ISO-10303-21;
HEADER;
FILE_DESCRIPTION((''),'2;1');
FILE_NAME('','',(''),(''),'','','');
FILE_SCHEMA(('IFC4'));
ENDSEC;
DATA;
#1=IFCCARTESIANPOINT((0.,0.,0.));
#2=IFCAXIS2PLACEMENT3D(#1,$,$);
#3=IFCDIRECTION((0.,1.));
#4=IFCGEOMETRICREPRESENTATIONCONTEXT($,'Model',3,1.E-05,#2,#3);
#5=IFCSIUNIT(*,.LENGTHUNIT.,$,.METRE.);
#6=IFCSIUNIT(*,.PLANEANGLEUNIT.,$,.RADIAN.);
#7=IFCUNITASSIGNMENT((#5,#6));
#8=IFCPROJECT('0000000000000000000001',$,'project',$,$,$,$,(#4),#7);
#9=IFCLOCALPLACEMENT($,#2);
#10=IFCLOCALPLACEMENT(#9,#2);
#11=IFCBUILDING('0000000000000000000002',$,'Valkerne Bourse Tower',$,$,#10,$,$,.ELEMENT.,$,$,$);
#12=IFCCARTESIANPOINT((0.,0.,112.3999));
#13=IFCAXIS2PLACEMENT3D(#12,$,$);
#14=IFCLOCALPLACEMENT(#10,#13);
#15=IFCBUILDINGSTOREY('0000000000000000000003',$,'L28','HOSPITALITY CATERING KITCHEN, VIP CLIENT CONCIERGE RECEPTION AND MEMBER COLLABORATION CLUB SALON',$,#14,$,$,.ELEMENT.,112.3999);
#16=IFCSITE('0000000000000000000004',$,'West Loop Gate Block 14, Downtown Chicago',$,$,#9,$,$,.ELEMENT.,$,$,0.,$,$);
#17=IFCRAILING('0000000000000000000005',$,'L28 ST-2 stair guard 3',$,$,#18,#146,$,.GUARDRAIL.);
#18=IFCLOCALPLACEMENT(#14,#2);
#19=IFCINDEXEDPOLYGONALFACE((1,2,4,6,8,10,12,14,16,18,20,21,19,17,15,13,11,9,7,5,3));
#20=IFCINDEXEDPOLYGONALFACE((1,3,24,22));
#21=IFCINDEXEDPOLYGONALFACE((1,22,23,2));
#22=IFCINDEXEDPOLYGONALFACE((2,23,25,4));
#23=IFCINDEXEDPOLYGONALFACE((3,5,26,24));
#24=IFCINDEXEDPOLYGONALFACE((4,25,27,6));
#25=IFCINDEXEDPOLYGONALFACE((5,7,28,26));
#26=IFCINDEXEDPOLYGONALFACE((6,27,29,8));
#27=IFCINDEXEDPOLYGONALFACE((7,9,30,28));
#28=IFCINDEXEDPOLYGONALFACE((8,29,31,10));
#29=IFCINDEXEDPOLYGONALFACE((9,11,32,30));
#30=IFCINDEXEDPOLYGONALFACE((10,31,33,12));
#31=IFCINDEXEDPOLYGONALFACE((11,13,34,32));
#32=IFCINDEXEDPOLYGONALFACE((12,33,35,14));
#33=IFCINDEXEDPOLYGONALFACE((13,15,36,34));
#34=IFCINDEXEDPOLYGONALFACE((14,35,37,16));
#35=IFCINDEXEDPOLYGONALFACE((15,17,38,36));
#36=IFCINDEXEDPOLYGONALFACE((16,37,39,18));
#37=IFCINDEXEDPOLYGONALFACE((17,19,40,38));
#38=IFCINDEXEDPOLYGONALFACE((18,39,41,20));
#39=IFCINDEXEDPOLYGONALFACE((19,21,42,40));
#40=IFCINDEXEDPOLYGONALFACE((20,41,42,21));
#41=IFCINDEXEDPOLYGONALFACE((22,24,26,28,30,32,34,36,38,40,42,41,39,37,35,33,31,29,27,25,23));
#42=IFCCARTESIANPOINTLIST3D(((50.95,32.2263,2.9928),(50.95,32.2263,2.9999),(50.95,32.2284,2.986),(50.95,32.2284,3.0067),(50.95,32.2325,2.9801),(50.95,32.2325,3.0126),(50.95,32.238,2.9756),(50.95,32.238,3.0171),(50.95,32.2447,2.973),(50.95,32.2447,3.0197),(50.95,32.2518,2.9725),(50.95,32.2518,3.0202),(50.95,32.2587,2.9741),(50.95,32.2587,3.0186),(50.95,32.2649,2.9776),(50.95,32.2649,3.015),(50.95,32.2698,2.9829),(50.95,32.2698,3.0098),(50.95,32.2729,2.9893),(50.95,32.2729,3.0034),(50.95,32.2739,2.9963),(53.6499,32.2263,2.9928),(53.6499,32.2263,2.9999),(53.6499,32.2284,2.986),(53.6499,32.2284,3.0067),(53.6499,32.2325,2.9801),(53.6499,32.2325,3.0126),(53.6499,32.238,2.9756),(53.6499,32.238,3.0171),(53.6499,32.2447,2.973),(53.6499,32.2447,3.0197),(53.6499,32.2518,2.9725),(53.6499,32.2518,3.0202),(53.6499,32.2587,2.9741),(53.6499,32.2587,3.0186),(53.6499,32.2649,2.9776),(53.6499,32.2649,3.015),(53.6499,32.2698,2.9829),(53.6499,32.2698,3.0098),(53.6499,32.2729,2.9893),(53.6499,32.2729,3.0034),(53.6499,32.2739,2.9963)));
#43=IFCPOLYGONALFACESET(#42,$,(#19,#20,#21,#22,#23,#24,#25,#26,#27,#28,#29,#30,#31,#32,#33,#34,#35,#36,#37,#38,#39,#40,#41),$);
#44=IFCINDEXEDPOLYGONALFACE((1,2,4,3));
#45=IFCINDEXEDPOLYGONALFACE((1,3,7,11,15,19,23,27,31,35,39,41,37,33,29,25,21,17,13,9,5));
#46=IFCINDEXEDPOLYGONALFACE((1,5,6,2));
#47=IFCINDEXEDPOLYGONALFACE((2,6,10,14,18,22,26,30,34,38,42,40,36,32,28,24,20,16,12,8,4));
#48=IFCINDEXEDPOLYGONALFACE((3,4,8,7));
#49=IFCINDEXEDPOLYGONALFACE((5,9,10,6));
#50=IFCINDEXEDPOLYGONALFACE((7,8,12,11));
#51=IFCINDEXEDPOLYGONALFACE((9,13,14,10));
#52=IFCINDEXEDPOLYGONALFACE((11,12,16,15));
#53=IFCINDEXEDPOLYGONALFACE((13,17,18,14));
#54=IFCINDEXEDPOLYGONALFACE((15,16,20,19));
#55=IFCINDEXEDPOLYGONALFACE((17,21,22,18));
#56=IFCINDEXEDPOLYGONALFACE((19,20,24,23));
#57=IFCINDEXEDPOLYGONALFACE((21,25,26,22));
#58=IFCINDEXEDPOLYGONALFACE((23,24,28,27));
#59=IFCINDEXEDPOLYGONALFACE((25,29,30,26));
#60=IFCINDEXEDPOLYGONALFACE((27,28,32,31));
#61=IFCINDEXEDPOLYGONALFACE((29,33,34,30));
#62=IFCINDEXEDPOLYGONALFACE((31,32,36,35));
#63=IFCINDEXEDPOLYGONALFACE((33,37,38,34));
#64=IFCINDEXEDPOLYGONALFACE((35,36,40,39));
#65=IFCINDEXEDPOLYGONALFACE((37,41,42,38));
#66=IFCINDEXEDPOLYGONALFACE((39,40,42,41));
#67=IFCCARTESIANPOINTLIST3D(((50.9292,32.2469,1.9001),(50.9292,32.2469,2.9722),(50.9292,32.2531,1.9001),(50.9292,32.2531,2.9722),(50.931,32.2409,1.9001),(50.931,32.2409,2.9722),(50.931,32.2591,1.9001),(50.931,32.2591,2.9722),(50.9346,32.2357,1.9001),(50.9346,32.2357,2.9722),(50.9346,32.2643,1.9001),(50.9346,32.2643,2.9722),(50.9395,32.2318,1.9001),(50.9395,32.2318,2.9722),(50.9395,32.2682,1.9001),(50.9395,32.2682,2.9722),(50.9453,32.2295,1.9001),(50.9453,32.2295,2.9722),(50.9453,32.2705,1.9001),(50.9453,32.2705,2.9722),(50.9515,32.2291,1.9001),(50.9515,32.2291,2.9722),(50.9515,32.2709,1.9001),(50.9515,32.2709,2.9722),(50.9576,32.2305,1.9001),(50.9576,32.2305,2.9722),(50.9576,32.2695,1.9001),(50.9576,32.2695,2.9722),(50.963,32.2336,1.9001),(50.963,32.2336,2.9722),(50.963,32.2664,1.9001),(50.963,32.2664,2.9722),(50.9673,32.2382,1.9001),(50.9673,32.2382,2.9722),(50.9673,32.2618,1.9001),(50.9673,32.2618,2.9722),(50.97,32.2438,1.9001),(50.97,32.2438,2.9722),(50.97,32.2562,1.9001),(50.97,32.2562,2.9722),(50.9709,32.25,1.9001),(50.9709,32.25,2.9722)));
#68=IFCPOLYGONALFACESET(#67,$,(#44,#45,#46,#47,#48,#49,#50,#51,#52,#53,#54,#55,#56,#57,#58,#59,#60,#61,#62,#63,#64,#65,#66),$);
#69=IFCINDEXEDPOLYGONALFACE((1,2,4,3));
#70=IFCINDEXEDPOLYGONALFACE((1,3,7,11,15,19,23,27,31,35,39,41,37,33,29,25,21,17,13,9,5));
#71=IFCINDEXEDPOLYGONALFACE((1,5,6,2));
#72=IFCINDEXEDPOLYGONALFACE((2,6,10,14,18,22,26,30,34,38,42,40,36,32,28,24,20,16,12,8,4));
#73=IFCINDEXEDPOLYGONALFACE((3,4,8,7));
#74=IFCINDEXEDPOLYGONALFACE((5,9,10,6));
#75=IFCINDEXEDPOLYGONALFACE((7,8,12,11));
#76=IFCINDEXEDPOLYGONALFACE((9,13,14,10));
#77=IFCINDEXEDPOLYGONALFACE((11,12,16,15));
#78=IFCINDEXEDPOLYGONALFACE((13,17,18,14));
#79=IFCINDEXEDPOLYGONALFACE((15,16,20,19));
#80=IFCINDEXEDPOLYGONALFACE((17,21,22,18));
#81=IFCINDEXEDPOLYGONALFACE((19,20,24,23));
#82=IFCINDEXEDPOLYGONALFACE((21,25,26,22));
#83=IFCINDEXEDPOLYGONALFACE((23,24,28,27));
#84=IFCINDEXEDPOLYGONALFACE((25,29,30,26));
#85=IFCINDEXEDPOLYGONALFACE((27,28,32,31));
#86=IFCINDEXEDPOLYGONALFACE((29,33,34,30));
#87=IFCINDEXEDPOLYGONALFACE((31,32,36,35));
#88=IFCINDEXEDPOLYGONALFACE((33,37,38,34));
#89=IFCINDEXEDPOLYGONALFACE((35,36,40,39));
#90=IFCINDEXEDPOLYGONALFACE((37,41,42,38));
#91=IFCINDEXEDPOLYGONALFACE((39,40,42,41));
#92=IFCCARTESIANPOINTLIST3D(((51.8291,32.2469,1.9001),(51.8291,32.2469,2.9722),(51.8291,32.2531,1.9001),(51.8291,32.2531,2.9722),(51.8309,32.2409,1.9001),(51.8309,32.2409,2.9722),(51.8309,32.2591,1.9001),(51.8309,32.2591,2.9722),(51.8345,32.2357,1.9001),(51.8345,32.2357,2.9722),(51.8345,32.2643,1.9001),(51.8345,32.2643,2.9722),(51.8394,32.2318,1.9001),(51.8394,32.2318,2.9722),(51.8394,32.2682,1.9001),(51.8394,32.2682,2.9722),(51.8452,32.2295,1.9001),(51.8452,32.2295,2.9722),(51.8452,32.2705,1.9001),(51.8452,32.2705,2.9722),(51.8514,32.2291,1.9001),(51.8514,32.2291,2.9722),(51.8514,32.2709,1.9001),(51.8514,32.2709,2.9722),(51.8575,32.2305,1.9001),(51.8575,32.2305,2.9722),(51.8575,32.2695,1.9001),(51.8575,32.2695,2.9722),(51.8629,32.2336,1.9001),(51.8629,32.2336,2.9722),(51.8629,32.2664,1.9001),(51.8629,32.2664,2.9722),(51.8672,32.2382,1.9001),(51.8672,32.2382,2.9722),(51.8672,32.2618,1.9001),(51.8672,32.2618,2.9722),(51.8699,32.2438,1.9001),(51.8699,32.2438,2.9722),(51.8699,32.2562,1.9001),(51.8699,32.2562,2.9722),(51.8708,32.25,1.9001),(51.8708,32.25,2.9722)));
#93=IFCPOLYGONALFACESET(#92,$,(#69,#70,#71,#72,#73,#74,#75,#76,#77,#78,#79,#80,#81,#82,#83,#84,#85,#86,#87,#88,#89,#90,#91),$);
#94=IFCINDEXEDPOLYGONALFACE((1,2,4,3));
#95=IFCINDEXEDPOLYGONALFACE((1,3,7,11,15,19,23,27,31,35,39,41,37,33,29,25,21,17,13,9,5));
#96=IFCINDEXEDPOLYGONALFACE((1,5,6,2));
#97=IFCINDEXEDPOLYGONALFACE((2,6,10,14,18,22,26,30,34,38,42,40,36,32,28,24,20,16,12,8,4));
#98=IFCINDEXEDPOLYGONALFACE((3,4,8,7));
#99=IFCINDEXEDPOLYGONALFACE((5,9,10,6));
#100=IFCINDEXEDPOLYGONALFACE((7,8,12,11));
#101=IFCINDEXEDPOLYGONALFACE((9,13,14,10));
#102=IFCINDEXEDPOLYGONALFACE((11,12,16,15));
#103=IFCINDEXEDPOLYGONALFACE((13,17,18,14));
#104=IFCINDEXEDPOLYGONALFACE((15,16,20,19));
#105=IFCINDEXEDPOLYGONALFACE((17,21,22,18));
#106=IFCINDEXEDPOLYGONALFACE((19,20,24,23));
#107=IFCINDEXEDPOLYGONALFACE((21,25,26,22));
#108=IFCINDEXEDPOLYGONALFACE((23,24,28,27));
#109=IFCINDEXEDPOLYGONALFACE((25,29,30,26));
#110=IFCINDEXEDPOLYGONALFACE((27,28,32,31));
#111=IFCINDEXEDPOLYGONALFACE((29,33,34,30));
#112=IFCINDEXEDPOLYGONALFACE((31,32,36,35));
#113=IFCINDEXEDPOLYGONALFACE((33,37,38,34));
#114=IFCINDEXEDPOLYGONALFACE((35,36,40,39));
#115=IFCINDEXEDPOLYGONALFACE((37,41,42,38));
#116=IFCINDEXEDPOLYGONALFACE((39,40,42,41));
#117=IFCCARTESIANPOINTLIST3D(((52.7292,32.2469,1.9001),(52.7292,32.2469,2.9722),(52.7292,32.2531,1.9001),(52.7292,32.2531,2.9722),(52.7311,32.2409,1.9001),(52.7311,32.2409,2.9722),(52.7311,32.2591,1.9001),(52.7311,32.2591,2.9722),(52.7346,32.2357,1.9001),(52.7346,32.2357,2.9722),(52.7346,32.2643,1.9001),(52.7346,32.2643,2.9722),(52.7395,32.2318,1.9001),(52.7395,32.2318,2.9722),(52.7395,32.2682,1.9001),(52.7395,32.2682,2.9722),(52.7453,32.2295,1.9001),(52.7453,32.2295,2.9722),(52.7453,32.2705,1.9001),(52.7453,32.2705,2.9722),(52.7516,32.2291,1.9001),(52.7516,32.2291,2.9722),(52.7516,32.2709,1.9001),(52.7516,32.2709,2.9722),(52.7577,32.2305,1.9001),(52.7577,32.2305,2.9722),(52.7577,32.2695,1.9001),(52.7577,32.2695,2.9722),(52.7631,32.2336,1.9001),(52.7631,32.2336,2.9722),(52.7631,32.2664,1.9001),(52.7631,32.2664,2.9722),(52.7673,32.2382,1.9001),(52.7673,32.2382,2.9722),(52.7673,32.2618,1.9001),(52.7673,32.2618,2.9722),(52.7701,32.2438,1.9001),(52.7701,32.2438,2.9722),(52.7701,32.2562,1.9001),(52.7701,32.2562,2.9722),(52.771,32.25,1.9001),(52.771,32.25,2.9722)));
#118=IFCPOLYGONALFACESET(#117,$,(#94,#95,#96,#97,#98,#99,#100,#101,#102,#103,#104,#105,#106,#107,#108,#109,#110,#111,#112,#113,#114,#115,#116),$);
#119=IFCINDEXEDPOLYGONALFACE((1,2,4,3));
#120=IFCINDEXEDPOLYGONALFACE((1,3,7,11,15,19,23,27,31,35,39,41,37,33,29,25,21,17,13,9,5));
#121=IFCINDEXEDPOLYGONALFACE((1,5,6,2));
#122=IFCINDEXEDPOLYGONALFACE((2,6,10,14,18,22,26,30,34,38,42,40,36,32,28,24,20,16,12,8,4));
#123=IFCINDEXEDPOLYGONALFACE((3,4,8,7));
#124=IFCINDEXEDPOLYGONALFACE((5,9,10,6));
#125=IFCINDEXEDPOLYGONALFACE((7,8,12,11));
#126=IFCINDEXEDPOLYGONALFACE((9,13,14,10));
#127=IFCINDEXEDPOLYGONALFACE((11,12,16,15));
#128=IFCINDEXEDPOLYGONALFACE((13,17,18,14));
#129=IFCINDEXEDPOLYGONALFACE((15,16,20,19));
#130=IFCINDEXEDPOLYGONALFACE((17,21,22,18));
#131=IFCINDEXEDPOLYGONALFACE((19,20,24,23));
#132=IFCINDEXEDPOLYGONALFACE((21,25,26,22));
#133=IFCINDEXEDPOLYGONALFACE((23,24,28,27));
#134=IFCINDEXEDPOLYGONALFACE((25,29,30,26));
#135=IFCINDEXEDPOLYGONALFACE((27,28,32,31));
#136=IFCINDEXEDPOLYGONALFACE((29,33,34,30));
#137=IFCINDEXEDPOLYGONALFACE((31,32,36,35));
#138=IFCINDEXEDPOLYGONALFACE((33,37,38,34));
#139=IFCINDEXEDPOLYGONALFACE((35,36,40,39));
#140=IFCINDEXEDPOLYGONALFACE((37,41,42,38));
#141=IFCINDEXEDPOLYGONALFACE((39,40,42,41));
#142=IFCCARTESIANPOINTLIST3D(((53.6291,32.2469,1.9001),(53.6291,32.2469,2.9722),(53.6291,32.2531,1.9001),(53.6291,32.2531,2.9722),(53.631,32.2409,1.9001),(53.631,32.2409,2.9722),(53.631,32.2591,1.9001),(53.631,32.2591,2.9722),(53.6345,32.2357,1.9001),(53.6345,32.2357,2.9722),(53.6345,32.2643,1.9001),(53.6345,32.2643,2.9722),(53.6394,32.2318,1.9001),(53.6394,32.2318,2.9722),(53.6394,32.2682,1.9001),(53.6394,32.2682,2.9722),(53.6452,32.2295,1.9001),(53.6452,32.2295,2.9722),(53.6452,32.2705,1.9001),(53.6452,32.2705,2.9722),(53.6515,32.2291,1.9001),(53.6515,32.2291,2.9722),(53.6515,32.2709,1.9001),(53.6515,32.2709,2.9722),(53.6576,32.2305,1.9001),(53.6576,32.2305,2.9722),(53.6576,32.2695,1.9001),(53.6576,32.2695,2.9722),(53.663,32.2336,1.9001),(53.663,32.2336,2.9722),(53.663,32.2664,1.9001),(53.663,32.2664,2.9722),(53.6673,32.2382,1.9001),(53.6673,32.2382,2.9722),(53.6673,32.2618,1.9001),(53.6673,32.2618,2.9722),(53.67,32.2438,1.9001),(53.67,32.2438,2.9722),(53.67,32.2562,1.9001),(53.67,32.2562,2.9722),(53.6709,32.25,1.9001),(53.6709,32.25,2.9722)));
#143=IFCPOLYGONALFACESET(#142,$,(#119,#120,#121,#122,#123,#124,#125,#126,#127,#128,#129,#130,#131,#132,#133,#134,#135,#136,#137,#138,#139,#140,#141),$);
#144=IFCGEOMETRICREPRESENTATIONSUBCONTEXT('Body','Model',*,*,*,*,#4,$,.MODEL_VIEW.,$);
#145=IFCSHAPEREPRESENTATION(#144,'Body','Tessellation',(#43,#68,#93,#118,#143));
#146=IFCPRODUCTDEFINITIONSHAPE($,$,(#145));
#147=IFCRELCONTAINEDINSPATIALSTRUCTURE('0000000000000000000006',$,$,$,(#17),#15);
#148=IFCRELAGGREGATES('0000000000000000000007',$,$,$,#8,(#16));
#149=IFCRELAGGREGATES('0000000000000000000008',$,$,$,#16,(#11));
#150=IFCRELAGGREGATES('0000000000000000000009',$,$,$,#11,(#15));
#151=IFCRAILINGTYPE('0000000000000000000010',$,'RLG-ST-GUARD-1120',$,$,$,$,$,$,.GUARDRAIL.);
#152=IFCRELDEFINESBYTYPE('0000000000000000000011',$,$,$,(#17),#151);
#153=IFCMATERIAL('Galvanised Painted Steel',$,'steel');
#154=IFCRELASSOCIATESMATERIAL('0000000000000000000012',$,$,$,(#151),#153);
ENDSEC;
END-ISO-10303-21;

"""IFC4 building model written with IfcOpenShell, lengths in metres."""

from ifc_helpers import new_model, si_unit, direction, frame, origin, origin_2d, place, context, subcontext, project, spatial, circle, extrude, material, type_object, element, save


model = new_model("IFC4")

# Units and contexts
model_context = context("Model", 3, precision=1e-05, world=origin(), true_north=direction((0.0, 1.0)))
body_context = subcontext(model_context, "Body", "Model", "MODEL_VIEW")
ifc_project = project(units=[si_unit("LENGTHUNIT", "METRE"), si_unit("PLANEANGLEUNIT", "RADIAN")], contexts=[model_context])

# Site, building, storey
site_placement = place(None, origin())
site = spatial("IfcSite", under=ifc_project, at=site_placement, Name="West Loop Gate Block 14, Downtown Chicago", CompositionType="ELEMENT", RefElevation=0.0)
building_placement = place(site_placement, origin())
building = spatial("IfcBuilding", under=site, at=building_placement, Name="Valkerne Bourse Tower", CompositionType="ELEMENT")
storey_placement = place(building_placement, frame((0.0, 0.0, 112.3999)))
storey = spatial("IfcBuildingStorey", under=building, at=storey_placement, Name="L28", Description="HOSPITALITY CATERING KITCHEN, VIP CLIENT CONCIERGE RECEPTION AND MEMBER COLLABORATION CLUB SALON", CompositionType="ELEMENT", Elevation=112.3999)

# Railing
ifc_material_1 = material(Name="Galvanised Painted Steel", Category="steel")
railing_type_1 = type_object("IfcRailingType", Name="RLG-ST-GUARD-1120", PredefinedType="GUARDRAIL", material=ifc_material_1)
for number, where, name in (
    (1, (50.95, 32.25, 1.9001), "L28 ST-2 stair guard 3"),
):
    element("IfcRailing", number, at=place(storey_placement, frame(where)), inside=storey, type_object=railing_type_1, Name=name, PredefinedType="GUARDRAIL", context=body_context, shape_type="SweptSolid", body=[
        extrude(circle(Radius=0.0239, at=origin_2d()), frame((0.0, 0.0, 1.0962), z_axis=(1.0, 0.0, 0.0), x_axis=(0.0, 1.0, 0.0)), (0.0, 0.0, 1.0), 2.7),
        extrude(circle(Radius=0.021, at=origin_2d()), origin(), (0.0, 0.0, 1.0), 1.072),
        extrude(circle(Radius=0.021, at=origin_2d()), frame((0.8999, 0.0, 0.0)), (0.0, 0.0, 1.0), 1.072),
        extrude(circle(Radius=0.021, at=origin_2d()), frame((1.8, 0.0, 0.0)), (0.0, 0.0, 1.0), 1.072),
        extrude(circle(Radius=0.021, at=origin_2d()), frame((2.7, 0.0, 0.0)), (0.0, 0.0, 1.0), 1.072),
    ])

save(model, "model.ifc")
